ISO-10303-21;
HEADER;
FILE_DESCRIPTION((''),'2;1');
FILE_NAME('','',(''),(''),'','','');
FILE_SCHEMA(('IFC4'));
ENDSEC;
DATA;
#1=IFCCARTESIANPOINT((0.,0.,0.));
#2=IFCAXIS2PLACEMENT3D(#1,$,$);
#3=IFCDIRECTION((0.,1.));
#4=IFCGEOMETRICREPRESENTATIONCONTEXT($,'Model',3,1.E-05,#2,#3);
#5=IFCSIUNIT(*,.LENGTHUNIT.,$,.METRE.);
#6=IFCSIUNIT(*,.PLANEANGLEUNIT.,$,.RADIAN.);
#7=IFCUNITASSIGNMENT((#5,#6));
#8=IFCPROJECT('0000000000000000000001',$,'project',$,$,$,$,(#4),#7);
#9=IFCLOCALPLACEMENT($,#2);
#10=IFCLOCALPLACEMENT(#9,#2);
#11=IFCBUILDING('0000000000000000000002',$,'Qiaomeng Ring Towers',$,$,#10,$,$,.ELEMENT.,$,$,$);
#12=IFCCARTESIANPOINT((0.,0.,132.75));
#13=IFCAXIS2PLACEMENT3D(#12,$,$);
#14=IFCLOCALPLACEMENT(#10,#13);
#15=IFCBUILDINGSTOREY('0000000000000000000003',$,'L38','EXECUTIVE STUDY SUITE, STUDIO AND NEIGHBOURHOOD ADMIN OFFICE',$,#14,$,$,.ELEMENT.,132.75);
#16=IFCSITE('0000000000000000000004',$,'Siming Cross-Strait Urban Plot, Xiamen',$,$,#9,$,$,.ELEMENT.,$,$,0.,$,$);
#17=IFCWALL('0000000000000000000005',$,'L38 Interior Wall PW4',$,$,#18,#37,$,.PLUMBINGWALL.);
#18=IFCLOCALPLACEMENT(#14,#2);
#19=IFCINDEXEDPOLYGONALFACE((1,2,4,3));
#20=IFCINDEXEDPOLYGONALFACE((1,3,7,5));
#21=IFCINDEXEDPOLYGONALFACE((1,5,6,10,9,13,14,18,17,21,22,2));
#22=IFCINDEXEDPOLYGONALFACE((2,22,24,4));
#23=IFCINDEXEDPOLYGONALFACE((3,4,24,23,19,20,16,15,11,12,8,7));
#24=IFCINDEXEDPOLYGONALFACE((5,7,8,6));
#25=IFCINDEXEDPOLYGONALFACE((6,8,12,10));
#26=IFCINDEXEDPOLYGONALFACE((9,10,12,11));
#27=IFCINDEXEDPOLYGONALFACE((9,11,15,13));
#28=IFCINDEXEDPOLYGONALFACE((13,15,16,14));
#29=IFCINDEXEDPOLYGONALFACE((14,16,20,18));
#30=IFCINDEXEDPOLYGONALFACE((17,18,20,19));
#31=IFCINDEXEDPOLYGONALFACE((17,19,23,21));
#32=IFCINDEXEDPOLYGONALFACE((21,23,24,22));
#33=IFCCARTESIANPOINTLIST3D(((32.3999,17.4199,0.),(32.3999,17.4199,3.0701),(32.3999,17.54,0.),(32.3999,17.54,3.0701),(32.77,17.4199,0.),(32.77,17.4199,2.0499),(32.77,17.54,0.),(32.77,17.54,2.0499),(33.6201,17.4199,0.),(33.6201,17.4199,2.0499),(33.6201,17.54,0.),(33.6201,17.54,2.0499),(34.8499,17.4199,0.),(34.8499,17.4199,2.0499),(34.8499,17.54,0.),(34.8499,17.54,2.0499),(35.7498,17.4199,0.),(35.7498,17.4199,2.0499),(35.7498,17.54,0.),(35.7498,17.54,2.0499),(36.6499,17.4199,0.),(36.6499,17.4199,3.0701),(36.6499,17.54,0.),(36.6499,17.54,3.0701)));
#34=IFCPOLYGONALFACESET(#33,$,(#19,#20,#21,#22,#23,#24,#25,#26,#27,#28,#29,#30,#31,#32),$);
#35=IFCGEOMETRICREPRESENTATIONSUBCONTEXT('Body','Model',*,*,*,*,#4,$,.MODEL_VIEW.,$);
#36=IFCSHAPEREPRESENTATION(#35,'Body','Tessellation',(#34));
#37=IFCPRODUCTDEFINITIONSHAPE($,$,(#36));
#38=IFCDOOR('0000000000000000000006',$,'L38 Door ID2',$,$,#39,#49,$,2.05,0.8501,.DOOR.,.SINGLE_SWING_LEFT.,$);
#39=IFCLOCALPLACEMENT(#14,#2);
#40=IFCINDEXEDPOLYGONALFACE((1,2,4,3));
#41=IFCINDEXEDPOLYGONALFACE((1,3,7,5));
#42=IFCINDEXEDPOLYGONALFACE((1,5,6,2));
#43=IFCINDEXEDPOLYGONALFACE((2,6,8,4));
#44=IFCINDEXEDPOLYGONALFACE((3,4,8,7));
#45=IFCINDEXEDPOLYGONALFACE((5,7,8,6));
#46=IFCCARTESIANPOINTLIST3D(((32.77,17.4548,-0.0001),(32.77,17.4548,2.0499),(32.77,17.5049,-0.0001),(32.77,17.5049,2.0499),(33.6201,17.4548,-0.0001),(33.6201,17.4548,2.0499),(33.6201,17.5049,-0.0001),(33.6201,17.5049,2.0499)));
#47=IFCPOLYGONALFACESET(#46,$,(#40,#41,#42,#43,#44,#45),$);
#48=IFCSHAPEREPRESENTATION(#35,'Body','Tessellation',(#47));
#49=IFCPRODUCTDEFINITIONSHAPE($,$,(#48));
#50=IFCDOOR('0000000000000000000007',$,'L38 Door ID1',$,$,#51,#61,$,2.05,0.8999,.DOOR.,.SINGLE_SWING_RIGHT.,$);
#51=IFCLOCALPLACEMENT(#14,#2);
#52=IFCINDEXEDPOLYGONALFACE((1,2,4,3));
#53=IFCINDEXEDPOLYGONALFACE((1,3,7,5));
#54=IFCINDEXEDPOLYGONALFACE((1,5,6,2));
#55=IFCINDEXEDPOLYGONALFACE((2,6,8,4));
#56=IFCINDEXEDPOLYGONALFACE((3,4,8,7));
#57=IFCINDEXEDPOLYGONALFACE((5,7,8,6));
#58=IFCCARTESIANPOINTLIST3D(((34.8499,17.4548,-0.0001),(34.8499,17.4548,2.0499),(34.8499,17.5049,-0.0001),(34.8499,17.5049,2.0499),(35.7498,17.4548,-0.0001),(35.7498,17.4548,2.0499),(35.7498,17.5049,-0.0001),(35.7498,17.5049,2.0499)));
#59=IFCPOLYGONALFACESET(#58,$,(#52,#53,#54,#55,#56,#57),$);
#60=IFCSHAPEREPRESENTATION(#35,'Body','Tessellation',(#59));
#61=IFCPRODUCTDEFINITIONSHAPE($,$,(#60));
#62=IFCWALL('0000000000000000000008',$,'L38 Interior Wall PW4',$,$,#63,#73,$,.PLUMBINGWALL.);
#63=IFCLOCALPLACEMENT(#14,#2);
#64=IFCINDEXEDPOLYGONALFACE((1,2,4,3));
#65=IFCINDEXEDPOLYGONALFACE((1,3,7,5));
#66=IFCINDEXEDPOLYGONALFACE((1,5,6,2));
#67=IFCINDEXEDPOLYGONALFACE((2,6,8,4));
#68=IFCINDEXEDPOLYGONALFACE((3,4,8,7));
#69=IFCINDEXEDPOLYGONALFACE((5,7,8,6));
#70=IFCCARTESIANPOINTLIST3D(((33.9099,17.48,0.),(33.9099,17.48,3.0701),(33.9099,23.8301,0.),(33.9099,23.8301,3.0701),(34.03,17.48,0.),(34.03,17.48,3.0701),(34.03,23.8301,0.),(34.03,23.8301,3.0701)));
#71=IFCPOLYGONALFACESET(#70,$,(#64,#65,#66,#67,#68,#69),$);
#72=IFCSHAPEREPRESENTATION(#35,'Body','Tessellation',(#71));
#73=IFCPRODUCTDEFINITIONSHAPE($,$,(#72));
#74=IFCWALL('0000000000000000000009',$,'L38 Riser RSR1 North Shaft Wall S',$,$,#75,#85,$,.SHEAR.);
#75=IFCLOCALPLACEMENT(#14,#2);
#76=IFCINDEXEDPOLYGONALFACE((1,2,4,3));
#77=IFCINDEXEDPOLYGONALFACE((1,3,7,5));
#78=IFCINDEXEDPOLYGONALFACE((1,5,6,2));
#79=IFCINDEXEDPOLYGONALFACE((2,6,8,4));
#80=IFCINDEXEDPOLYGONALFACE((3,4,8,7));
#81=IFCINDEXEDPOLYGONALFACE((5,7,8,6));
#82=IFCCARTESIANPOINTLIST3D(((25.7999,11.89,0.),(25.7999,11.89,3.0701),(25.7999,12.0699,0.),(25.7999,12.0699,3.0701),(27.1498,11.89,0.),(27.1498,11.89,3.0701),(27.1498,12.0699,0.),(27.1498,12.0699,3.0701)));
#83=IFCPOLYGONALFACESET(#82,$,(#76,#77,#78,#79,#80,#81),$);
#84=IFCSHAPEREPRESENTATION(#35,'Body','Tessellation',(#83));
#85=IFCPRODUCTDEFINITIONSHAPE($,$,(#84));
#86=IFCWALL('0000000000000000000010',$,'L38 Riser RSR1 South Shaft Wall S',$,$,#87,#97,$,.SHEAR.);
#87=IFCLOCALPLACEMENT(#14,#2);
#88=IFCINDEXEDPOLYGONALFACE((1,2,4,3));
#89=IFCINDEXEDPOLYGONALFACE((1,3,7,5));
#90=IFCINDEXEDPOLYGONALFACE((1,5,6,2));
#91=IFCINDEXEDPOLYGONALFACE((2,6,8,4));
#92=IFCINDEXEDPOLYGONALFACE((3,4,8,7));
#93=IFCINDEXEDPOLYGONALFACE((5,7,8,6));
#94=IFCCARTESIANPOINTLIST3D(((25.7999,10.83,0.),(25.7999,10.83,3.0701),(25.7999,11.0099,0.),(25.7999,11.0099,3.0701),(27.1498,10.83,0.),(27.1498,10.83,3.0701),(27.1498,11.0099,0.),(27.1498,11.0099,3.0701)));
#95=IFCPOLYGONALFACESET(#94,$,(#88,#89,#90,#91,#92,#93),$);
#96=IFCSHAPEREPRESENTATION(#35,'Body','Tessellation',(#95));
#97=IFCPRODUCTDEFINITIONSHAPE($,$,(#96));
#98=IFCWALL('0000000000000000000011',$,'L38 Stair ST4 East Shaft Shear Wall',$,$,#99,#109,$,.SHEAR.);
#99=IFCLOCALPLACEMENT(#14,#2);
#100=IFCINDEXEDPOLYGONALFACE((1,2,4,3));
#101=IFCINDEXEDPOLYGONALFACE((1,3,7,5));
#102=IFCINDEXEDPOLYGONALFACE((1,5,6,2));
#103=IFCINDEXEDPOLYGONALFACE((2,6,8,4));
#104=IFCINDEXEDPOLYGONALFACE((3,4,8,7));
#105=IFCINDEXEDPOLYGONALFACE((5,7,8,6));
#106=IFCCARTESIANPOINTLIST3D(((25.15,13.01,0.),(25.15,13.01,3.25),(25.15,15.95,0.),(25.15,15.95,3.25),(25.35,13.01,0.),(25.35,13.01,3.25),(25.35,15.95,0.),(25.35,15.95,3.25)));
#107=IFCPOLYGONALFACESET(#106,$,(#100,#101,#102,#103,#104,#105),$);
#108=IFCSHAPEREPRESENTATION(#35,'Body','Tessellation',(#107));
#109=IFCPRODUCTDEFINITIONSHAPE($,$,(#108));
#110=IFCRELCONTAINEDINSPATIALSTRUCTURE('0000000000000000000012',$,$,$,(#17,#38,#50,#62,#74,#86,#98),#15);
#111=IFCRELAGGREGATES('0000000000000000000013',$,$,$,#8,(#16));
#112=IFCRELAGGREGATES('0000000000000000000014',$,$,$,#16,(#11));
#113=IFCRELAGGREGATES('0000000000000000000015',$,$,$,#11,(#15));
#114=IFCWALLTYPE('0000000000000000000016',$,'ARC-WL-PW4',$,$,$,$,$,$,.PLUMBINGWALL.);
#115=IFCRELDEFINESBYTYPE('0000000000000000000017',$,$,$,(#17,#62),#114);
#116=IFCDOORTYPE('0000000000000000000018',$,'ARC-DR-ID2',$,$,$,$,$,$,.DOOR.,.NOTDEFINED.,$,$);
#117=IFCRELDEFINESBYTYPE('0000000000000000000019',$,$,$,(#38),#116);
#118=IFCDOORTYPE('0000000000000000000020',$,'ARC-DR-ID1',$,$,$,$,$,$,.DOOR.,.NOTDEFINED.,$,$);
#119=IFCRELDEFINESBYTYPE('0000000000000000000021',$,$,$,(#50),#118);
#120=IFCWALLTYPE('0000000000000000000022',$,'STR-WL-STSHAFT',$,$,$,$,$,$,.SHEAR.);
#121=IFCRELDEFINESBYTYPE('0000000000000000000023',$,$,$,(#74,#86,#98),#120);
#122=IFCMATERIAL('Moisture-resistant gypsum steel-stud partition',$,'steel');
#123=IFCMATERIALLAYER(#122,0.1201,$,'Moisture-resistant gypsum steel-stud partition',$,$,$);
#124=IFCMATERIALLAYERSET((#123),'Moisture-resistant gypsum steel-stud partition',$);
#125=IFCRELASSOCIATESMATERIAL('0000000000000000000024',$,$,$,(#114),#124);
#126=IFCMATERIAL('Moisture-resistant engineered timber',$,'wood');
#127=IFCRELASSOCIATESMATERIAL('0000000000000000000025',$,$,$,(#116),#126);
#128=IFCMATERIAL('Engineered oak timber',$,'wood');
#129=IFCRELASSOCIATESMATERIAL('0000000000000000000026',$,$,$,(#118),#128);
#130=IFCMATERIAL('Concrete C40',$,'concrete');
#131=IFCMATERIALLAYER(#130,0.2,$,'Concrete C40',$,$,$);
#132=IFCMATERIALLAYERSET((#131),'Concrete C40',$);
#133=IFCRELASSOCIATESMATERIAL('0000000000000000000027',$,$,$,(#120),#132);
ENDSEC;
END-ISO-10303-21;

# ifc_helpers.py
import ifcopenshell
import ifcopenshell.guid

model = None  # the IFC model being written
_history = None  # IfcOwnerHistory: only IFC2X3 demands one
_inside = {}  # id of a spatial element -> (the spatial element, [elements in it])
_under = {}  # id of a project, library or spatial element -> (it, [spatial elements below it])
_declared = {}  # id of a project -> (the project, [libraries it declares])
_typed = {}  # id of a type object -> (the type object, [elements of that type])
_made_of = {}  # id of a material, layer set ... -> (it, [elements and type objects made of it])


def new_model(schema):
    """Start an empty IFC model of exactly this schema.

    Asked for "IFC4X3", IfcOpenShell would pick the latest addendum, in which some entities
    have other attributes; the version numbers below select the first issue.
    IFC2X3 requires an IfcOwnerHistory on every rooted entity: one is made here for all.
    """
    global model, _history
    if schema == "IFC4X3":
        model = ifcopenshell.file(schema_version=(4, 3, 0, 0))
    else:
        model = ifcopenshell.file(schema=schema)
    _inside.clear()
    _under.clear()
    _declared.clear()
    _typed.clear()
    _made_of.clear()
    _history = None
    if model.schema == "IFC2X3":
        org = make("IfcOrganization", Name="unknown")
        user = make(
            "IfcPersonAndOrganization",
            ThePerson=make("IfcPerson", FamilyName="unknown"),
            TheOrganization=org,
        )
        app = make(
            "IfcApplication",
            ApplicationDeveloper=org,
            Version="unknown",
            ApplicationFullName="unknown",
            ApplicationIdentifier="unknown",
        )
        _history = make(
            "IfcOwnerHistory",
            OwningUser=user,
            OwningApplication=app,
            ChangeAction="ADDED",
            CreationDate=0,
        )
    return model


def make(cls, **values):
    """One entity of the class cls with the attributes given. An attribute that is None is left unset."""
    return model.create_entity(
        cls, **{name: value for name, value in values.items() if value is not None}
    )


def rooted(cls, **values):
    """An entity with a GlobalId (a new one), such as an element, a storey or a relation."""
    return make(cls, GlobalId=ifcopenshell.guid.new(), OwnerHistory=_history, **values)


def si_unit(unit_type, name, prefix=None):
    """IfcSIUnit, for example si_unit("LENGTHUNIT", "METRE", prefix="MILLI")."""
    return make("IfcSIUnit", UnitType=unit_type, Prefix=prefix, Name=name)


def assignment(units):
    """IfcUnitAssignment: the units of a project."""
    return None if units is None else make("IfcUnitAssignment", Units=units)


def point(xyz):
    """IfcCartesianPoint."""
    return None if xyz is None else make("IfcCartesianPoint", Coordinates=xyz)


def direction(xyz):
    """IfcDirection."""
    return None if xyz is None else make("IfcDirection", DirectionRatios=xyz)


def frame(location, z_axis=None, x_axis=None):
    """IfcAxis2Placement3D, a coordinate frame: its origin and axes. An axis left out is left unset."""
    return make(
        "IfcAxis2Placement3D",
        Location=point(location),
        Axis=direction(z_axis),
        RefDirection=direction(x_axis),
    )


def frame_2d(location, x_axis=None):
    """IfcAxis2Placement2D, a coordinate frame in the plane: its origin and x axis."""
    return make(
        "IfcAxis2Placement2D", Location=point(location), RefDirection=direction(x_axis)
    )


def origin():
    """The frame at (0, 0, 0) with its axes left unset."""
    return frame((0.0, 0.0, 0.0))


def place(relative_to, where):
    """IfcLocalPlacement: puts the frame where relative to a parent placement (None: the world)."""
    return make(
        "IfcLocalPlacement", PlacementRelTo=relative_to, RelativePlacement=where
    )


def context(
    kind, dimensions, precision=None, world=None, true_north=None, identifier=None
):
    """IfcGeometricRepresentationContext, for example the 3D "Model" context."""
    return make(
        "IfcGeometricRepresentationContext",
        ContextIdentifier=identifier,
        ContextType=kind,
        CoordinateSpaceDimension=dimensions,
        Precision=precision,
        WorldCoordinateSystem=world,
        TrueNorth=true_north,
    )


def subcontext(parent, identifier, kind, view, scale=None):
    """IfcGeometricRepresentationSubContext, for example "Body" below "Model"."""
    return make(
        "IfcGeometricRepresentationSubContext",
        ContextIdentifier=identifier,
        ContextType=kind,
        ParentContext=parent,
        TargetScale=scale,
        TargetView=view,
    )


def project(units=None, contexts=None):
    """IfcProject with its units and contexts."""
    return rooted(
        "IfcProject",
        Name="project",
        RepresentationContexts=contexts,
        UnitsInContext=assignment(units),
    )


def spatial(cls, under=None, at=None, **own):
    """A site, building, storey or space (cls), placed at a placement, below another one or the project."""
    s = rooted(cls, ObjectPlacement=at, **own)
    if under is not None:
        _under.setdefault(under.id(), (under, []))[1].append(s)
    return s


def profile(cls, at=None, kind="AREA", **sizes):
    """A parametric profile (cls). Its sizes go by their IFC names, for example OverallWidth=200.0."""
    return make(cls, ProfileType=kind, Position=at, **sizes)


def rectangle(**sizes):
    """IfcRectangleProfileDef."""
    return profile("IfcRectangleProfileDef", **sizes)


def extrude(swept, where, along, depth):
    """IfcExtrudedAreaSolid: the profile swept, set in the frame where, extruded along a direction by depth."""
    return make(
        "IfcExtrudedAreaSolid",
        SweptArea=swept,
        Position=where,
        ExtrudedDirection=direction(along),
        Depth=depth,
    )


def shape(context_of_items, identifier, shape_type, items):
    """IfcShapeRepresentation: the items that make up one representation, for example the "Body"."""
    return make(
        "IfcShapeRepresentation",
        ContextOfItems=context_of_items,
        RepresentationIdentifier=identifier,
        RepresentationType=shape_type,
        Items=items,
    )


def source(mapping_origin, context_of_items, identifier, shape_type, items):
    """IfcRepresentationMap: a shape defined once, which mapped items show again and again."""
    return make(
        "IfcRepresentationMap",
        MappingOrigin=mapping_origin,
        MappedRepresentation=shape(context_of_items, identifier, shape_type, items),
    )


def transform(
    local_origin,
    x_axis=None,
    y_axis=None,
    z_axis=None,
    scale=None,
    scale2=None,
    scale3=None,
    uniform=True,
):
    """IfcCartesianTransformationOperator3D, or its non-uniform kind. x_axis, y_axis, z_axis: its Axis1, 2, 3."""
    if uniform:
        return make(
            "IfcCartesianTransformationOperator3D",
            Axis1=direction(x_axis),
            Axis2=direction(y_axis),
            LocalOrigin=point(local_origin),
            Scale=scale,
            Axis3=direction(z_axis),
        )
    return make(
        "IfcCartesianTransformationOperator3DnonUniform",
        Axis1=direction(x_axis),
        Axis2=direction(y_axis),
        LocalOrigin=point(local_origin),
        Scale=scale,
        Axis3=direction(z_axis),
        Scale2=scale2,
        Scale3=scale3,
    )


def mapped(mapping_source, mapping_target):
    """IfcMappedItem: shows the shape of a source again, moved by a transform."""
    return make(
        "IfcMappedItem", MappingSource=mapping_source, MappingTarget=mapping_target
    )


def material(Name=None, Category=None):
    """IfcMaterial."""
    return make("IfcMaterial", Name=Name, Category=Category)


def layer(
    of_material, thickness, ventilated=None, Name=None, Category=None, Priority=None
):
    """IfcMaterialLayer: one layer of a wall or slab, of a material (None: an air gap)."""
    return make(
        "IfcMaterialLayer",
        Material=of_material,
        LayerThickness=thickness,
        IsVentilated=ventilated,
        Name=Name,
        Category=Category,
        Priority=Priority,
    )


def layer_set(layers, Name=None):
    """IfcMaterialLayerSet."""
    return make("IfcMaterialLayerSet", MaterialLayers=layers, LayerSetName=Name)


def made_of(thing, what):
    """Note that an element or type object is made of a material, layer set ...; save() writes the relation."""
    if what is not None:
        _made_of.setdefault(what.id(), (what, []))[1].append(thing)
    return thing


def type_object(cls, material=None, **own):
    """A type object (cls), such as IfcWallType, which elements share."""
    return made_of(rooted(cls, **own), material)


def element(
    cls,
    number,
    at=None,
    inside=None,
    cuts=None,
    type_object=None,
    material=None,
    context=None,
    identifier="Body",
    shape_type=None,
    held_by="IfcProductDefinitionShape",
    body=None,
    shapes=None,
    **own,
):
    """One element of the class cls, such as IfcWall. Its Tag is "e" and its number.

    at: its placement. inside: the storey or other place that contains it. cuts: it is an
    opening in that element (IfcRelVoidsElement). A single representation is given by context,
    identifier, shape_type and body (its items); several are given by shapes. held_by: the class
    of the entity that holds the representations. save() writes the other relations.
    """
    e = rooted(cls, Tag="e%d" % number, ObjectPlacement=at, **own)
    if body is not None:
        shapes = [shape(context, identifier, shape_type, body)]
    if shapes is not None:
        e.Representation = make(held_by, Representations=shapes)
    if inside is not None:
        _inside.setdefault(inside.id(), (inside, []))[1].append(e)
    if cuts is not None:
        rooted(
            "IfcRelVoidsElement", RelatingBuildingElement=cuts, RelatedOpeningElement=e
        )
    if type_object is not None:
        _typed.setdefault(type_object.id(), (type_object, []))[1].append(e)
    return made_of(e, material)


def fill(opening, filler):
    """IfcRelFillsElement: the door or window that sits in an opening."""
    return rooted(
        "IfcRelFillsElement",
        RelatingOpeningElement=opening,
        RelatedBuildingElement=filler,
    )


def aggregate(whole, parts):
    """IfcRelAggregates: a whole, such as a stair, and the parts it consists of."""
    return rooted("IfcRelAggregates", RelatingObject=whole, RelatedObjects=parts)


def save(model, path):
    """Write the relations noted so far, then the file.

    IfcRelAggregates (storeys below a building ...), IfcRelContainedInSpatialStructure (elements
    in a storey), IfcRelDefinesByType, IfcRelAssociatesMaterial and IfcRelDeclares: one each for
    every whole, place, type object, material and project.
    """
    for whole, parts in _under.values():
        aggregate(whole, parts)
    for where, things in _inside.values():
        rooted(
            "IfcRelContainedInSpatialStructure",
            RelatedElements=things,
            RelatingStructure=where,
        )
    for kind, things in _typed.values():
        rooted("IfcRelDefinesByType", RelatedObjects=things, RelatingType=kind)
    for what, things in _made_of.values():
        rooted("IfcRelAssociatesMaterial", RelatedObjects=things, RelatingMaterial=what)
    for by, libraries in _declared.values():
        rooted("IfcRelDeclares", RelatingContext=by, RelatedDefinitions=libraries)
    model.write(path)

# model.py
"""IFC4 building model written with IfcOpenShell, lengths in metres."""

from ifc_helpers import new_model, si_unit, direction, frame, frame_2d, origin, place, context, subcontext, project, spatial, rectangle, extrude, source, transform, mapped, material, layer, layer_set, type_object, element, fill, save


model = new_model("IFC4")

# Units and contexts
model_context = context("Model", 3, precision=1e-05, world=origin(), true_north=direction((0.0, 1.0)))
body_context = subcontext(model_context, "Body", "Model", "MODEL_VIEW")
ifc_project = project(units=[si_unit("LENGTHUNIT", "METRE"), si_unit("PLANEANGLEUNIT", "RADIAN")], contexts=[model_context])

# Site, building, storey
site_placement = place(None, origin())
site = spatial("IfcSite", under=ifc_project, at=site_placement, Name="Siming Cross-Strait Urban Plot, Xiamen", CompositionType="ELEMENT", RefElevation=0.0)
building_placement = place(site_placement, origin())
building = spatial("IfcBuilding", under=site, at=building_placement, Name="Qiaomeng Ring Towers", CompositionType="ELEMENT")
storey_placement = place(building_placement, frame((0.0, 0.0, 132.75)))
storey = spatial("IfcBuildingStorey", under=building, at=storey_placement, Name="L38", Description="EXECUTIVE STUDY SUITE, STUDIO AND NEIGHBOURHOOD ADMIN OFFICE", CompositionType="ELEMENT", Elevation=132.75)

# Wall, openings, doors
ifc_material_1 = material(Name="Moisture-resistant gypsum steel-stud partition", Category="steel")
ifc_layer_1 = layer(ifc_material_1, 0.1201, Name="Moisture-resistant gypsum steel-stud partition")
ifc_layer_set_1 = layer_set([ifc_layer_1], Name="Moisture-resistant gypsum steel-stud partition")
wall_type_1 = type_object("IfcWallType", Name="ARC-WL-PW4", PredefinedType="PLUMBINGWALL", material=ifc_layer_set_1)
wall_1_placement = place(storey_placement, frame((32.3999, 17.48, 0.0), z_axis=(0.0, 0.0, 1.0), x_axis=(1.0, 0.0, 0.0)))
wall_1 = element("IfcWall", 1, at=wall_1_placement, inside=storey, type_object=wall_type_1, Name="L38 Interior Wall PW4", PredefinedType="PLUMBINGWALL", context=body_context, shape_type="SweptSolid", body=[
    extrude(rectangle(XDim=4.25, YDim=0.1201, at=frame_2d((2.125, 0.0))), origin(), (0.0, 0.0, 1.0), 3.0701),
])
opening_1_placement = place(wall_1_placement, frame((0.3701, 0.0, 0.0)))
opening_1 = element("IfcOpeningElement", 2, at=opening_1_placement, cuts=wall_1, PredefinedType="OPENING", context=body_context, shape_type="SweptSolid", body=[
    extrude(rectangle(XDim=0.8501, YDim=2.05, at=frame_2d((0.425, 1.0249))), frame((0.0, 0.0701, 0.0), z_axis=(0.0, -1.0, 0.0), x_axis=(1.0, 0.0, 0.0)), (0.0, 0.0, 1.0), 0.1401),
])
opening_2_placement = place(wall_1_placement, frame((2.45, 0.0, 0.0)))
opening_2 = element("IfcOpeningElement", 3, at=opening_2_placement, cuts=wall_1, PredefinedType="OPENING", context=body_context, shape_type="SweptSolid", body=[
    extrude(rectangle(XDim=0.8999, YDim=2.05, at=frame_2d((0.45, 1.0249))), frame((0.0, 0.0701, 0.0), z_axis=(0.0, -1.0, 0.0), x_axis=(1.0, 0.0, 0.0)), (0.0, 0.0, 1.0), 0.1401),
])
ifc_material_2 = material(Name="Moisture-resistant engineered timber", Category="wood")
door_type_1 = type_object("IfcDoorType", Name="ARC-DR-ID2", OperationType="NOTDEFINED", PredefinedType="DOOR", material=ifc_material_2)
shared_shape_1 = source(origin(), body_context, "Body", "SweptSolid", [
    extrude(rectangle(XDim=0.8501, YDim=2.05, at=frame_2d((0.425, 1.0249))), frame((0.0, 0.0249, 0.0), z_axis=(0.0, -1.0, 0.0), x_axis=(1.0, 0.0, 0.0)), (0.0, 0.0, 1.0), 0.05),
])
door_1_placement = place(opening_1_placement, origin())
door_1 = element("IfcDoor", 4, at=door_1_placement, inside=storey, type_object=door_type_1, Name="L38 Door ID2", OperationType="SINGLE_SWING_LEFT", OverallHeight=2.05, OverallWidth=0.8501, PredefinedType="DOOR", context=body_context, shape_type="MappedRepresentation", body=[
    mapped(shared_shape_1, transform((0.0, 0.0, 0.0), x_axis=(1.0, 0.0, 0.0), y_axis=(0.0, 1.0, 0.0), z_axis=(0.0, 0.0, 1.0), scale=1.0)),
])
fill(opening_1, door_1)
ifc_material_3 = material(Name="Engineered oak timber", Category="wood")
door_type_2 = type_object("IfcDoorType", Name="ARC-DR-ID1", OperationType="NOTDEFINED", PredefinedType="DOOR", material=ifc_material_3)
shared_shape_2 = source(origin(), body_context, "Body", "SweptSolid", [
    extrude(rectangle(XDim=0.8999, YDim=2.05, at=frame_2d((0.45, 1.0249))), frame((0.0, 0.0249, 0.0), z_axis=(0.0, -1.0, 0.0), x_axis=(1.0, 0.0, 0.0)), (0.0, 0.0, 1.0), 0.05),
])
door_2_placement = place(opening_2_placement, origin())
door_2 = element("IfcDoor", 5, at=door_2_placement, inside=storey, type_object=door_type_2, Name="L38 Door ID1", OperationType="SINGLE_SWING_RIGHT", OverallHeight=2.05, OverallWidth=0.8999, PredefinedType="DOOR", context=body_context, shape_type="MappedRepresentation", body=[
    mapped(shared_shape_2, transform((0.0, 0.0, 0.0), x_axis=(1.0, 0.0, 0.0), y_axis=(0.0, 1.0, 0.0), z_axis=(0.0, 0.0, 1.0), scale=1.0)),
])
fill(opening_2, door_2)

# Walls
wall_2_placement = place(storey_placement, frame((33.97, 17.48, 0.0), z_axis=(0.0, 0.0, 1.0), x_axis=(0.0, 1.0, 0.0)))
element("IfcWall", 6, at=wall_2_placement, inside=storey, type_object=wall_type_1, Name="L38 Interior Wall PW4", PredefinedType="PLUMBINGWALL", context=body_context, shape_type="SweptSolid", body=[
    extrude(rectangle(XDim=6.3501, YDim=0.1201, at=frame_2d((3.175, 0.0))), origin(), (0.0, 0.0, 1.0), 3.0701),
])
ifc_material_4 = material(Name="Concrete C40", Category="concrete")
ifc_layer_2 = layer(ifc_material_4, 0.2, Name="Concrete C40")
ifc_layer_set_2 = layer_set([ifc_layer_2], Name="Concrete C40")
wall_type_2 = type_object("IfcWallType", Name="STR-WL-STSHAFT", PredefinedType="SHEAR", material=ifc_layer_set_2)
for number, where, z_axis, x_axis, name in (
    (7, (25.8, 11.98, 0.0), (0.0, 0.0, 1.0), (1.0, 0.0, 0.0), "L38 Riser RSR1 North Shaft Wall S"),
    (8, (25.8, 10.9199, 0.0), (0.0, 0.0, 1.0), (1.0, 0.0, 0.0), "L38 Riser RSR1 South Shaft Wall S"),
):
    element("IfcWall", number, at=place(storey_placement, frame(where, z_axis=z_axis, x_axis=x_axis)), inside=storey, type_object=wall_type_2, Name=name, PredefinedType="SHEAR", context=body_context, shape_type="SweptSolid", body=[
        extrude(rectangle(XDim=1.3499, YDim=0.1799, at=frame_2d((0.6748, 0.0))), origin(), (0.0, 0.0, 1.0), 3.0701),
    ])
wall_3_placement = place(storey_placement, frame((25.25, 13.01, 0.0), z_axis=(0.0, 0.0, 1.0), x_axis=(0.0, 1.0, 0.0)))
element("IfcWall", 9, at=wall_3_placement, inside=storey, type_object=wall_type_2, Name="L38 Stair ST4 East Shaft Shear Wall", PredefinedType="SHEAR", context=body_context, shape_type="SweptSolid", body=[
    extrude(rectangle(XDim=2.9399, YDim=0.2, at=frame_2d((1.47, 0.0))), origin(), (0.0, 0.0, 1.0), 3.25),
])

save(model, "model.ifc")
